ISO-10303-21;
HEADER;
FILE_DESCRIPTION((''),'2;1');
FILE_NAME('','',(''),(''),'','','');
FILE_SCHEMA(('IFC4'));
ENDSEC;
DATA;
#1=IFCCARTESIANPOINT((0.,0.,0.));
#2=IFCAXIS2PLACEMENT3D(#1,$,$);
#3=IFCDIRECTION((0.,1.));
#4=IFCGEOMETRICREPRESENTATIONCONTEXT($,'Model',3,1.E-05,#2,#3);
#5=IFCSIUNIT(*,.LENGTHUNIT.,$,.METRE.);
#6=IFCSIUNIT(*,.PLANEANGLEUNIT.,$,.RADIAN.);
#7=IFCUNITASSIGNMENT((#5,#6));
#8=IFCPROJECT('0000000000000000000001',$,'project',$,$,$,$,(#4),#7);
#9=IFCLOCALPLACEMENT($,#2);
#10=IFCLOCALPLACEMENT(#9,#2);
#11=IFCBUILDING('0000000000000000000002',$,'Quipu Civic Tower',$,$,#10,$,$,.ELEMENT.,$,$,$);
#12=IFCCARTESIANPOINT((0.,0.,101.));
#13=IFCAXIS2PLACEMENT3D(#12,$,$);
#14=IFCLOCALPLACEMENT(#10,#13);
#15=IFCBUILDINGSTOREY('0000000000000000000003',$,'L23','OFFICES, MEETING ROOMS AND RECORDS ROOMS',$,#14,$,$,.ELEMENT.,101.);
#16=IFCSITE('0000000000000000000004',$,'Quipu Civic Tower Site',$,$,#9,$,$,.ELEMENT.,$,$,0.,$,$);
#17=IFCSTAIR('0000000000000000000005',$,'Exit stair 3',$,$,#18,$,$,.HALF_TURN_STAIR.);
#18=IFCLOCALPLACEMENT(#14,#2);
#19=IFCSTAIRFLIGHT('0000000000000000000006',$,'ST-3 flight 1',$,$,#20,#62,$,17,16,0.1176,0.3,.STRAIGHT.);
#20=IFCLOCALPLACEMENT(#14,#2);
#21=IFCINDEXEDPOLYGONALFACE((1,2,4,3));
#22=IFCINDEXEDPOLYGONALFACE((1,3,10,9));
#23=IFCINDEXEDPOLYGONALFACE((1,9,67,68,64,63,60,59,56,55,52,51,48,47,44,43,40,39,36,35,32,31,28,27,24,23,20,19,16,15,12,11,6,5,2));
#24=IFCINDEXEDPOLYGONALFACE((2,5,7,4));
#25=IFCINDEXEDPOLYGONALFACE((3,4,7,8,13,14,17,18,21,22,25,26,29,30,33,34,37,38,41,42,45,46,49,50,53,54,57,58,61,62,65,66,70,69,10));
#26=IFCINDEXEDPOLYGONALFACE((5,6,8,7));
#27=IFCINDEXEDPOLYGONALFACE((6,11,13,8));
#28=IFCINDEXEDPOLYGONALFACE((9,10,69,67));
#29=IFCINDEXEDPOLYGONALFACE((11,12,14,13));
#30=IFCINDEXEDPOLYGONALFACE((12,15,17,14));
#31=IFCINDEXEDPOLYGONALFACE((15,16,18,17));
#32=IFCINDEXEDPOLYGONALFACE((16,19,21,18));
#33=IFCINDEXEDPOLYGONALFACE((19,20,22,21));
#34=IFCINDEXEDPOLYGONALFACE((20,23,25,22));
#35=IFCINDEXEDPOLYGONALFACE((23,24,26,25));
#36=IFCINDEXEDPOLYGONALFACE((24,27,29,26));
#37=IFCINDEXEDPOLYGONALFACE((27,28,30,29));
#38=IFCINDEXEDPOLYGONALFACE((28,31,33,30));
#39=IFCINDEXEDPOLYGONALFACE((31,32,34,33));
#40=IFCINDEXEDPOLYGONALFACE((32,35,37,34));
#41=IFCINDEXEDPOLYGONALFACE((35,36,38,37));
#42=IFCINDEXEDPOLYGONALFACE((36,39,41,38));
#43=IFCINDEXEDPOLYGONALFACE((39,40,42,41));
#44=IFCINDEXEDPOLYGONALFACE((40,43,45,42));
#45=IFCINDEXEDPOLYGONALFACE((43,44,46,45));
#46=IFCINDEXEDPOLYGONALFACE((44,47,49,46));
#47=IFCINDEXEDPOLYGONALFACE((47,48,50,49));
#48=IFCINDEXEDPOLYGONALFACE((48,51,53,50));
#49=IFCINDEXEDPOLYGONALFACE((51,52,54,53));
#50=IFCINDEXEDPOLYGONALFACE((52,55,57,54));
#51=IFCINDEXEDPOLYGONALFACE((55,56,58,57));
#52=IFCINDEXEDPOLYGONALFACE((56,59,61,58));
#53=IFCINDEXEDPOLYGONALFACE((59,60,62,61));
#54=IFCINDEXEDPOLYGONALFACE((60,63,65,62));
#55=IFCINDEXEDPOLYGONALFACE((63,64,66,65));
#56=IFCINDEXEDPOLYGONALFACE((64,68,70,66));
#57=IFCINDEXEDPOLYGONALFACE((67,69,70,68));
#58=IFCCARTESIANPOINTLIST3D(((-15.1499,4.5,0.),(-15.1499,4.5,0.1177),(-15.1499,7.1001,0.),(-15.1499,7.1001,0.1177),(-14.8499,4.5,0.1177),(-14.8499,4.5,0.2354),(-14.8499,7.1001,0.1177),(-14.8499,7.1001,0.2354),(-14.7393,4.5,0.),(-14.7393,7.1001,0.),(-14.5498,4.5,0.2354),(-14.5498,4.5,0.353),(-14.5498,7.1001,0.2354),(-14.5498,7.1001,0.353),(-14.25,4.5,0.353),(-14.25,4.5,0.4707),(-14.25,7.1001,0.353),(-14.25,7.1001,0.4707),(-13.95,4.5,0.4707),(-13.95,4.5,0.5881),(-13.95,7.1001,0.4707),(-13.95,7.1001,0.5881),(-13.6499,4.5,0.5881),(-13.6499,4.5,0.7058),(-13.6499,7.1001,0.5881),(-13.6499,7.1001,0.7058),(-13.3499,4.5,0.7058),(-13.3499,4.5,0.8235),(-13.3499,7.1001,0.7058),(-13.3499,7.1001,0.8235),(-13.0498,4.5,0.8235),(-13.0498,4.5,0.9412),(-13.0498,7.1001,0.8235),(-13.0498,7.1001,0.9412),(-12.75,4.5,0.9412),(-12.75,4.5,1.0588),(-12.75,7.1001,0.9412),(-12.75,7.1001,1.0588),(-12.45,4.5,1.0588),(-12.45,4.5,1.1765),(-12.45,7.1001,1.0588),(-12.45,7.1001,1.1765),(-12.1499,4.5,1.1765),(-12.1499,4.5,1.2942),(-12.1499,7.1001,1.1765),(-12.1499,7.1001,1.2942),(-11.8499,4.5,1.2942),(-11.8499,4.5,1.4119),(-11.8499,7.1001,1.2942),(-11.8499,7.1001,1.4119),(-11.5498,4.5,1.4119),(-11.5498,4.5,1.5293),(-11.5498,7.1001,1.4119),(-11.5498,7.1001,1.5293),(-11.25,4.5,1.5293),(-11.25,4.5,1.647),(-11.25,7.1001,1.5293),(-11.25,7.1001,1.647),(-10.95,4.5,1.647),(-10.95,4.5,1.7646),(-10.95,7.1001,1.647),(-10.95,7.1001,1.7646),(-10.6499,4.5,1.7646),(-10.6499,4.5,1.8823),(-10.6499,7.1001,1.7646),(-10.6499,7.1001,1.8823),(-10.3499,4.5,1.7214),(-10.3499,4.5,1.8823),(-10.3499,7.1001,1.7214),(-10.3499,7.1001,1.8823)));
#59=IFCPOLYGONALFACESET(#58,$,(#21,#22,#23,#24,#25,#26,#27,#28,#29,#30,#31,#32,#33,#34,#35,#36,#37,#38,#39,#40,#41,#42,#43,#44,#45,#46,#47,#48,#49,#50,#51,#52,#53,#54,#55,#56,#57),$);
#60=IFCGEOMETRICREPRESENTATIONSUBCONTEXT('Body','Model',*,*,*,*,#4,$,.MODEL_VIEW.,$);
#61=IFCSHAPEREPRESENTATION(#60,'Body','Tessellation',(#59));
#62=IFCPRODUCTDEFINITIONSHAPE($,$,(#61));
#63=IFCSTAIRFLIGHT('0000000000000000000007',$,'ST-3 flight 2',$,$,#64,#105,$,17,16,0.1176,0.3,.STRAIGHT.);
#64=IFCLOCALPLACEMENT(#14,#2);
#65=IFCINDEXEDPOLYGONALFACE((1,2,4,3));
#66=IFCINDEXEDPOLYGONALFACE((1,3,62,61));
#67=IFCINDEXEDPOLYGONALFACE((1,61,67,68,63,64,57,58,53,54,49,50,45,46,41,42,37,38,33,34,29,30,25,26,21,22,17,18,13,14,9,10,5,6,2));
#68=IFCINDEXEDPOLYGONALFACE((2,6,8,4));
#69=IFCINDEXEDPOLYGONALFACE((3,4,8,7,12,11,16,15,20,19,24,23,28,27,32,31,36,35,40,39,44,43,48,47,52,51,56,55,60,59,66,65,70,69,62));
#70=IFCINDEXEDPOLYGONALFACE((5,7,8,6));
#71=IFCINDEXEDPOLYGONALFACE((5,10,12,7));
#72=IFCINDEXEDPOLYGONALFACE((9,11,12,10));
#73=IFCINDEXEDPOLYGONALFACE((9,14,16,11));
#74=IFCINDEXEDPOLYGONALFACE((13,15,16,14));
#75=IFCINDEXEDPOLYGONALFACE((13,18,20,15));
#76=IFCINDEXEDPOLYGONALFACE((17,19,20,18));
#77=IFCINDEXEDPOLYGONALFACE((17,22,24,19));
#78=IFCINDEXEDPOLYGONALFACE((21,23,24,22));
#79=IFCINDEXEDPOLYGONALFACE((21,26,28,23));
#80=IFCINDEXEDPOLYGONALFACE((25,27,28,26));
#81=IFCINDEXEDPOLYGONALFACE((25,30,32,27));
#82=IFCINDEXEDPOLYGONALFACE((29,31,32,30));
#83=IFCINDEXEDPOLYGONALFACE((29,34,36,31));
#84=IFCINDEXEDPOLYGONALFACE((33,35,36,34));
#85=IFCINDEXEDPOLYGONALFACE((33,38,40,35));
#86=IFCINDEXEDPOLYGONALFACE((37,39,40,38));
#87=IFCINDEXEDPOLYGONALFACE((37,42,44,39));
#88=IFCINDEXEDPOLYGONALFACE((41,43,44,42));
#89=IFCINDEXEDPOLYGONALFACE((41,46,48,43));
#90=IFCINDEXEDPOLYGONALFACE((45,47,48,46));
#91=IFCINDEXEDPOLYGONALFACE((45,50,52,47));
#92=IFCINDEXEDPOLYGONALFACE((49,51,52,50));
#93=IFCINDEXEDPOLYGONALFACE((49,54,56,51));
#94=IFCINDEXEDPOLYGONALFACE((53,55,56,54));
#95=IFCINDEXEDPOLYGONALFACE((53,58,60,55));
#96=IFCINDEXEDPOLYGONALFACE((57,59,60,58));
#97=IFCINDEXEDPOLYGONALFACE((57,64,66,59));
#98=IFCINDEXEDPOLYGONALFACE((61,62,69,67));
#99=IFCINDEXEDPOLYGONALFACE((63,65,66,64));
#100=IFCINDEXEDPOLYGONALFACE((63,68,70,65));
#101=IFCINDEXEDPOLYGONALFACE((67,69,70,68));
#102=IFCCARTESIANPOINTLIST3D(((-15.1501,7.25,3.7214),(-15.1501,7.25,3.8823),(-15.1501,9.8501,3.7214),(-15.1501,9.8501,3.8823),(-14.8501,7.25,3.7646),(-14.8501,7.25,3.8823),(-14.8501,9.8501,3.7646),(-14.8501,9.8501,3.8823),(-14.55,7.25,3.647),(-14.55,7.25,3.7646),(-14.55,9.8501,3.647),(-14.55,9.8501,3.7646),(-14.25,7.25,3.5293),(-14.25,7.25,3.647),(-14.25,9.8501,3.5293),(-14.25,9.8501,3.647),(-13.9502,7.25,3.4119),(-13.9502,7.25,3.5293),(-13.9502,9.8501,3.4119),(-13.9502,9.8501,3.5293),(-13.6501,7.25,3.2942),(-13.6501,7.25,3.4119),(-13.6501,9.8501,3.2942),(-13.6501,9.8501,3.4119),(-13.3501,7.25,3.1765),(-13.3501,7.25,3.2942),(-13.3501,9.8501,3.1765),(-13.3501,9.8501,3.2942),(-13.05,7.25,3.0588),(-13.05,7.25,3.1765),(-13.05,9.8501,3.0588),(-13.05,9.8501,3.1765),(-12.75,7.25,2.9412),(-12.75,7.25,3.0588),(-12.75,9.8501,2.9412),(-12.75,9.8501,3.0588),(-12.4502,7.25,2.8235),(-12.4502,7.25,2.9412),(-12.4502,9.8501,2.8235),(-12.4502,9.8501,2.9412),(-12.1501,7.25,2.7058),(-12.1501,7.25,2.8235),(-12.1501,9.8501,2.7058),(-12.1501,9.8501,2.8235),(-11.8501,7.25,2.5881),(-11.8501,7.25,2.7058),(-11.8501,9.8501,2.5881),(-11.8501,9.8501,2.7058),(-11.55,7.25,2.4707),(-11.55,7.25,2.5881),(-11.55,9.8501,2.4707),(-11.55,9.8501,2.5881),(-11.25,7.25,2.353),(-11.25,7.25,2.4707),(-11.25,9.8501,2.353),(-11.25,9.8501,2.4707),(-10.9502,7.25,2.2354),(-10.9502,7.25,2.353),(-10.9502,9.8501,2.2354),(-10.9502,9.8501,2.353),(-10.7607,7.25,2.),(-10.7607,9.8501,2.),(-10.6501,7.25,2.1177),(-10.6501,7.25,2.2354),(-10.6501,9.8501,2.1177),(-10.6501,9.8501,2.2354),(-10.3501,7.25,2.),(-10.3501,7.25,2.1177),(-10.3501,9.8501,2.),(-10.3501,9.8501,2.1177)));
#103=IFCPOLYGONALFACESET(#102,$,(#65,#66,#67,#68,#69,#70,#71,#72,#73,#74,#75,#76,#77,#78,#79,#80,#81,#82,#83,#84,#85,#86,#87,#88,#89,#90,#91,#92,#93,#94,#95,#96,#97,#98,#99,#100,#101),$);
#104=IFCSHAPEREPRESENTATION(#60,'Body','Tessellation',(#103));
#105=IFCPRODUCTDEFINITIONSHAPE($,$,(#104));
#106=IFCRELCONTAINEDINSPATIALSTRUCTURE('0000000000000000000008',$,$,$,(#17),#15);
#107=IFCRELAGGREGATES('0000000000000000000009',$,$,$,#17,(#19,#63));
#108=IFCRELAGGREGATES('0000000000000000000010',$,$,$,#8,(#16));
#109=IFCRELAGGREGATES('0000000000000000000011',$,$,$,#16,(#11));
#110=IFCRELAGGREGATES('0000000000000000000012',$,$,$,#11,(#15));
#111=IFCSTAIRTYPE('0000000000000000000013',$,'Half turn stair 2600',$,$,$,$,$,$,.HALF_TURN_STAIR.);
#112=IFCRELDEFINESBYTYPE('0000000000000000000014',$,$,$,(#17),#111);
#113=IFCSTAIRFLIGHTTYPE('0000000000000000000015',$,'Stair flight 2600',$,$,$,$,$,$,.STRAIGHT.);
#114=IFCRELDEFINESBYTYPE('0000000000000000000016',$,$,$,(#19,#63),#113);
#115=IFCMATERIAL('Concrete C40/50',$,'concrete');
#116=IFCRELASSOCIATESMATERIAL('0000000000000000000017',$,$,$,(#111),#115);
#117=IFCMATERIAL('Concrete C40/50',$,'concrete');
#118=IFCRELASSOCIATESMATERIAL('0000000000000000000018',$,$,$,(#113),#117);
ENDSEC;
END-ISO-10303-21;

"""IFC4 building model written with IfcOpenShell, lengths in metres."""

from ifc_helpers import new_model, si_unit, direction, frame, origin, place, context, subcontext, project, spatial, polyline, outline, extrude, material, type_object, element, aggregate, save


model = new_model("IFC4")

# Units and contexts
model_context = context("Model", 3, precision=1e-05, world=origin(), true_north=direction((0.0, 1.0)))
body_context = subcontext(model_context, "Body", "Model", "MODEL_VIEW")
ifc_project = project(units=[si_unit("LENGTHUNIT", "METRE"), si_unit("PLANEANGLEUNIT", "RADIAN")], contexts=[model_context])

# Site, building, storey
site_placement = place(None, origin())
site = spatial("IfcSite", under=ifc_project, at=site_placement, Name="Quipu Civic Tower Site", CompositionType="ELEMENT", RefElevation=0.0)
building_placement = place(site_placement, origin())
building = spatial("IfcBuilding", under=site, at=building_placement, Name="Quipu Civic Tower", CompositionType="ELEMENT")
storey_placement = place(building_placement, frame((0.0, 0.0, 101.0)))
storey = spatial("IfcBuildingStorey", under=building, at=storey_placement, Name="L23", Description="OFFICES, MEETING ROOMS AND RECORDS ROOMS", CompositionType="ELEMENT", Elevation=101.0)

# Stair, stair flights
ifc_material_1 = material(Name="Concrete C40/50", Category="concrete")
stair_type = type_object("IfcStairType", Name="Half turn stair 2600", PredefinedType="HALF_TURN_STAIR", material=ifc_material_1)
stair_placement = place(storey_placement, origin())
stair = element("IfcStair", 1, at=stair_placement, inside=storey, type_object=stair_type, Name="Exit stair 3", PredefinedType="HALF_TURN_STAIR")
ifc_material_2 = material(Name="Concrete C40/50", Category="concrete")
stair_flight_type = type_object("IfcStairFlightType", Name="Stair flight 2600", PredefinedType="STRAIGHT", material=ifc_material_2)
stair_flight_1_placement = place(storey_placement, frame((-15.1499, 5.8, 0.0), z_axis=(0.0, 0.0, 1.0), x_axis=(1.0, 0.0, 0.0)))
stair_flight_1 = element("IfcStairFlight", 2, at=stair_flight_1_placement, type_object=stair_flight_type, Name="ST-3 flight 1", NumberOfRisers=17, NumberOfTreads=16, PredefinedType="STRAIGHT", RiserHeight=0.1176, TreadLength=0.3, context=body_context, shape_type="SweptSolid", body=[
    extrude(outline(polyline([(0.0, 0.0), (0.0, 0.1177), (0.3, 0.1177), (0.3, 0.2354), (0.6001, 0.2354), (0.6001, 0.353), (0.8999, 0.353), (0.8999, 0.4707), (1.2, 0.4707), (1.2, 0.5881), (1.5, 0.5881), (1.5, 0.7058), (1.8, 0.7058), (1.8, 0.8235), (2.1001, 0.8235), (2.1001, 0.9412), (2.3999, 0.9412), (2.3999, 1.0588), (2.7, 1.0588), (2.7, 1.1765), (3.0, 1.1765), (3.0, 1.2942), (3.3, 1.2942), (3.3, 1.4119), (3.6001, 1.4119), (3.6001, 1.5293), (3.8999, 1.5293), (3.8999, 1.647), (4.2, 1.647), (4.2, 1.7646), (4.5, 1.7646), (4.5, 1.8823), (4.8, 1.8823), (4.8, 2.0), (4.8, 1.7214), (0.4106, 0.0), (0.0, 0.0)])), frame((0.0, 1.3, 0.0), z_axis=(0.0, -1.0, 0.0), x_axis=(1.0, 0.0, 0.0)), (0.0, 0.0, 1.0), 2.6001),
])
stair_flight_2_placement = place(storey_placement, frame((-10.3501, 8.55, 2.0), z_axis=(0.0, 0.0, 1.0), x_axis=(-1.0, 0.0, 0.0)))
stair_flight_2 = element("IfcStairFlight", 3, at=stair_flight_2_placement, type_object=stair_flight_type, Name="ST-3 flight 2", NumberOfRisers=17, NumberOfTreads=16, PredefinedType="STRAIGHT", RiserHeight=0.1176, TreadLength=0.3, context=body_context, shape_type="SweptSolid", body=[
    extrude(outline(polyline([(0.0, 0.0), (0.0, 0.1177), (0.3, 0.1177), (0.3, 0.2354), (0.6001, 0.2354), (0.6001, 0.353), (0.8999, 0.353), (0.8999, 0.4707), (1.2, 0.4707), (1.2, 0.5881), (1.5, 0.5881), (1.5, 0.7058), (1.8, 0.7058), (1.8, 0.8235), (2.1001, 0.8235), (2.1001, 0.9412), (2.3999, 0.9412), (2.3999, 1.0588), (2.7, 1.0588), (2.7, 1.1765), (3.0, 1.1765), (3.0, 1.2942), (3.3, 1.2942), (3.3, 1.4119), (3.6001, 1.4119), (3.6001, 1.5293), (3.8999, 1.5293), (3.8999, 1.647), (4.2, 1.647), (4.2, 1.7646), (4.5, 1.7646), (4.5, 1.8823), (4.8, 1.8823), (4.8, 2.0), (4.8, 1.7214), (0.4106, 0.0), (0.0, 0.0)])), frame((0.0, 1.3, 0.0), z_axis=(0.0, -1.0, 0.0), x_axis=(1.0, 0.0, 0.0)), (0.0, 0.0, 1.0), 2.6001),
])
aggregate(stair, [stair_flight_1, stair_flight_2])

save(model, "model.ifc")
